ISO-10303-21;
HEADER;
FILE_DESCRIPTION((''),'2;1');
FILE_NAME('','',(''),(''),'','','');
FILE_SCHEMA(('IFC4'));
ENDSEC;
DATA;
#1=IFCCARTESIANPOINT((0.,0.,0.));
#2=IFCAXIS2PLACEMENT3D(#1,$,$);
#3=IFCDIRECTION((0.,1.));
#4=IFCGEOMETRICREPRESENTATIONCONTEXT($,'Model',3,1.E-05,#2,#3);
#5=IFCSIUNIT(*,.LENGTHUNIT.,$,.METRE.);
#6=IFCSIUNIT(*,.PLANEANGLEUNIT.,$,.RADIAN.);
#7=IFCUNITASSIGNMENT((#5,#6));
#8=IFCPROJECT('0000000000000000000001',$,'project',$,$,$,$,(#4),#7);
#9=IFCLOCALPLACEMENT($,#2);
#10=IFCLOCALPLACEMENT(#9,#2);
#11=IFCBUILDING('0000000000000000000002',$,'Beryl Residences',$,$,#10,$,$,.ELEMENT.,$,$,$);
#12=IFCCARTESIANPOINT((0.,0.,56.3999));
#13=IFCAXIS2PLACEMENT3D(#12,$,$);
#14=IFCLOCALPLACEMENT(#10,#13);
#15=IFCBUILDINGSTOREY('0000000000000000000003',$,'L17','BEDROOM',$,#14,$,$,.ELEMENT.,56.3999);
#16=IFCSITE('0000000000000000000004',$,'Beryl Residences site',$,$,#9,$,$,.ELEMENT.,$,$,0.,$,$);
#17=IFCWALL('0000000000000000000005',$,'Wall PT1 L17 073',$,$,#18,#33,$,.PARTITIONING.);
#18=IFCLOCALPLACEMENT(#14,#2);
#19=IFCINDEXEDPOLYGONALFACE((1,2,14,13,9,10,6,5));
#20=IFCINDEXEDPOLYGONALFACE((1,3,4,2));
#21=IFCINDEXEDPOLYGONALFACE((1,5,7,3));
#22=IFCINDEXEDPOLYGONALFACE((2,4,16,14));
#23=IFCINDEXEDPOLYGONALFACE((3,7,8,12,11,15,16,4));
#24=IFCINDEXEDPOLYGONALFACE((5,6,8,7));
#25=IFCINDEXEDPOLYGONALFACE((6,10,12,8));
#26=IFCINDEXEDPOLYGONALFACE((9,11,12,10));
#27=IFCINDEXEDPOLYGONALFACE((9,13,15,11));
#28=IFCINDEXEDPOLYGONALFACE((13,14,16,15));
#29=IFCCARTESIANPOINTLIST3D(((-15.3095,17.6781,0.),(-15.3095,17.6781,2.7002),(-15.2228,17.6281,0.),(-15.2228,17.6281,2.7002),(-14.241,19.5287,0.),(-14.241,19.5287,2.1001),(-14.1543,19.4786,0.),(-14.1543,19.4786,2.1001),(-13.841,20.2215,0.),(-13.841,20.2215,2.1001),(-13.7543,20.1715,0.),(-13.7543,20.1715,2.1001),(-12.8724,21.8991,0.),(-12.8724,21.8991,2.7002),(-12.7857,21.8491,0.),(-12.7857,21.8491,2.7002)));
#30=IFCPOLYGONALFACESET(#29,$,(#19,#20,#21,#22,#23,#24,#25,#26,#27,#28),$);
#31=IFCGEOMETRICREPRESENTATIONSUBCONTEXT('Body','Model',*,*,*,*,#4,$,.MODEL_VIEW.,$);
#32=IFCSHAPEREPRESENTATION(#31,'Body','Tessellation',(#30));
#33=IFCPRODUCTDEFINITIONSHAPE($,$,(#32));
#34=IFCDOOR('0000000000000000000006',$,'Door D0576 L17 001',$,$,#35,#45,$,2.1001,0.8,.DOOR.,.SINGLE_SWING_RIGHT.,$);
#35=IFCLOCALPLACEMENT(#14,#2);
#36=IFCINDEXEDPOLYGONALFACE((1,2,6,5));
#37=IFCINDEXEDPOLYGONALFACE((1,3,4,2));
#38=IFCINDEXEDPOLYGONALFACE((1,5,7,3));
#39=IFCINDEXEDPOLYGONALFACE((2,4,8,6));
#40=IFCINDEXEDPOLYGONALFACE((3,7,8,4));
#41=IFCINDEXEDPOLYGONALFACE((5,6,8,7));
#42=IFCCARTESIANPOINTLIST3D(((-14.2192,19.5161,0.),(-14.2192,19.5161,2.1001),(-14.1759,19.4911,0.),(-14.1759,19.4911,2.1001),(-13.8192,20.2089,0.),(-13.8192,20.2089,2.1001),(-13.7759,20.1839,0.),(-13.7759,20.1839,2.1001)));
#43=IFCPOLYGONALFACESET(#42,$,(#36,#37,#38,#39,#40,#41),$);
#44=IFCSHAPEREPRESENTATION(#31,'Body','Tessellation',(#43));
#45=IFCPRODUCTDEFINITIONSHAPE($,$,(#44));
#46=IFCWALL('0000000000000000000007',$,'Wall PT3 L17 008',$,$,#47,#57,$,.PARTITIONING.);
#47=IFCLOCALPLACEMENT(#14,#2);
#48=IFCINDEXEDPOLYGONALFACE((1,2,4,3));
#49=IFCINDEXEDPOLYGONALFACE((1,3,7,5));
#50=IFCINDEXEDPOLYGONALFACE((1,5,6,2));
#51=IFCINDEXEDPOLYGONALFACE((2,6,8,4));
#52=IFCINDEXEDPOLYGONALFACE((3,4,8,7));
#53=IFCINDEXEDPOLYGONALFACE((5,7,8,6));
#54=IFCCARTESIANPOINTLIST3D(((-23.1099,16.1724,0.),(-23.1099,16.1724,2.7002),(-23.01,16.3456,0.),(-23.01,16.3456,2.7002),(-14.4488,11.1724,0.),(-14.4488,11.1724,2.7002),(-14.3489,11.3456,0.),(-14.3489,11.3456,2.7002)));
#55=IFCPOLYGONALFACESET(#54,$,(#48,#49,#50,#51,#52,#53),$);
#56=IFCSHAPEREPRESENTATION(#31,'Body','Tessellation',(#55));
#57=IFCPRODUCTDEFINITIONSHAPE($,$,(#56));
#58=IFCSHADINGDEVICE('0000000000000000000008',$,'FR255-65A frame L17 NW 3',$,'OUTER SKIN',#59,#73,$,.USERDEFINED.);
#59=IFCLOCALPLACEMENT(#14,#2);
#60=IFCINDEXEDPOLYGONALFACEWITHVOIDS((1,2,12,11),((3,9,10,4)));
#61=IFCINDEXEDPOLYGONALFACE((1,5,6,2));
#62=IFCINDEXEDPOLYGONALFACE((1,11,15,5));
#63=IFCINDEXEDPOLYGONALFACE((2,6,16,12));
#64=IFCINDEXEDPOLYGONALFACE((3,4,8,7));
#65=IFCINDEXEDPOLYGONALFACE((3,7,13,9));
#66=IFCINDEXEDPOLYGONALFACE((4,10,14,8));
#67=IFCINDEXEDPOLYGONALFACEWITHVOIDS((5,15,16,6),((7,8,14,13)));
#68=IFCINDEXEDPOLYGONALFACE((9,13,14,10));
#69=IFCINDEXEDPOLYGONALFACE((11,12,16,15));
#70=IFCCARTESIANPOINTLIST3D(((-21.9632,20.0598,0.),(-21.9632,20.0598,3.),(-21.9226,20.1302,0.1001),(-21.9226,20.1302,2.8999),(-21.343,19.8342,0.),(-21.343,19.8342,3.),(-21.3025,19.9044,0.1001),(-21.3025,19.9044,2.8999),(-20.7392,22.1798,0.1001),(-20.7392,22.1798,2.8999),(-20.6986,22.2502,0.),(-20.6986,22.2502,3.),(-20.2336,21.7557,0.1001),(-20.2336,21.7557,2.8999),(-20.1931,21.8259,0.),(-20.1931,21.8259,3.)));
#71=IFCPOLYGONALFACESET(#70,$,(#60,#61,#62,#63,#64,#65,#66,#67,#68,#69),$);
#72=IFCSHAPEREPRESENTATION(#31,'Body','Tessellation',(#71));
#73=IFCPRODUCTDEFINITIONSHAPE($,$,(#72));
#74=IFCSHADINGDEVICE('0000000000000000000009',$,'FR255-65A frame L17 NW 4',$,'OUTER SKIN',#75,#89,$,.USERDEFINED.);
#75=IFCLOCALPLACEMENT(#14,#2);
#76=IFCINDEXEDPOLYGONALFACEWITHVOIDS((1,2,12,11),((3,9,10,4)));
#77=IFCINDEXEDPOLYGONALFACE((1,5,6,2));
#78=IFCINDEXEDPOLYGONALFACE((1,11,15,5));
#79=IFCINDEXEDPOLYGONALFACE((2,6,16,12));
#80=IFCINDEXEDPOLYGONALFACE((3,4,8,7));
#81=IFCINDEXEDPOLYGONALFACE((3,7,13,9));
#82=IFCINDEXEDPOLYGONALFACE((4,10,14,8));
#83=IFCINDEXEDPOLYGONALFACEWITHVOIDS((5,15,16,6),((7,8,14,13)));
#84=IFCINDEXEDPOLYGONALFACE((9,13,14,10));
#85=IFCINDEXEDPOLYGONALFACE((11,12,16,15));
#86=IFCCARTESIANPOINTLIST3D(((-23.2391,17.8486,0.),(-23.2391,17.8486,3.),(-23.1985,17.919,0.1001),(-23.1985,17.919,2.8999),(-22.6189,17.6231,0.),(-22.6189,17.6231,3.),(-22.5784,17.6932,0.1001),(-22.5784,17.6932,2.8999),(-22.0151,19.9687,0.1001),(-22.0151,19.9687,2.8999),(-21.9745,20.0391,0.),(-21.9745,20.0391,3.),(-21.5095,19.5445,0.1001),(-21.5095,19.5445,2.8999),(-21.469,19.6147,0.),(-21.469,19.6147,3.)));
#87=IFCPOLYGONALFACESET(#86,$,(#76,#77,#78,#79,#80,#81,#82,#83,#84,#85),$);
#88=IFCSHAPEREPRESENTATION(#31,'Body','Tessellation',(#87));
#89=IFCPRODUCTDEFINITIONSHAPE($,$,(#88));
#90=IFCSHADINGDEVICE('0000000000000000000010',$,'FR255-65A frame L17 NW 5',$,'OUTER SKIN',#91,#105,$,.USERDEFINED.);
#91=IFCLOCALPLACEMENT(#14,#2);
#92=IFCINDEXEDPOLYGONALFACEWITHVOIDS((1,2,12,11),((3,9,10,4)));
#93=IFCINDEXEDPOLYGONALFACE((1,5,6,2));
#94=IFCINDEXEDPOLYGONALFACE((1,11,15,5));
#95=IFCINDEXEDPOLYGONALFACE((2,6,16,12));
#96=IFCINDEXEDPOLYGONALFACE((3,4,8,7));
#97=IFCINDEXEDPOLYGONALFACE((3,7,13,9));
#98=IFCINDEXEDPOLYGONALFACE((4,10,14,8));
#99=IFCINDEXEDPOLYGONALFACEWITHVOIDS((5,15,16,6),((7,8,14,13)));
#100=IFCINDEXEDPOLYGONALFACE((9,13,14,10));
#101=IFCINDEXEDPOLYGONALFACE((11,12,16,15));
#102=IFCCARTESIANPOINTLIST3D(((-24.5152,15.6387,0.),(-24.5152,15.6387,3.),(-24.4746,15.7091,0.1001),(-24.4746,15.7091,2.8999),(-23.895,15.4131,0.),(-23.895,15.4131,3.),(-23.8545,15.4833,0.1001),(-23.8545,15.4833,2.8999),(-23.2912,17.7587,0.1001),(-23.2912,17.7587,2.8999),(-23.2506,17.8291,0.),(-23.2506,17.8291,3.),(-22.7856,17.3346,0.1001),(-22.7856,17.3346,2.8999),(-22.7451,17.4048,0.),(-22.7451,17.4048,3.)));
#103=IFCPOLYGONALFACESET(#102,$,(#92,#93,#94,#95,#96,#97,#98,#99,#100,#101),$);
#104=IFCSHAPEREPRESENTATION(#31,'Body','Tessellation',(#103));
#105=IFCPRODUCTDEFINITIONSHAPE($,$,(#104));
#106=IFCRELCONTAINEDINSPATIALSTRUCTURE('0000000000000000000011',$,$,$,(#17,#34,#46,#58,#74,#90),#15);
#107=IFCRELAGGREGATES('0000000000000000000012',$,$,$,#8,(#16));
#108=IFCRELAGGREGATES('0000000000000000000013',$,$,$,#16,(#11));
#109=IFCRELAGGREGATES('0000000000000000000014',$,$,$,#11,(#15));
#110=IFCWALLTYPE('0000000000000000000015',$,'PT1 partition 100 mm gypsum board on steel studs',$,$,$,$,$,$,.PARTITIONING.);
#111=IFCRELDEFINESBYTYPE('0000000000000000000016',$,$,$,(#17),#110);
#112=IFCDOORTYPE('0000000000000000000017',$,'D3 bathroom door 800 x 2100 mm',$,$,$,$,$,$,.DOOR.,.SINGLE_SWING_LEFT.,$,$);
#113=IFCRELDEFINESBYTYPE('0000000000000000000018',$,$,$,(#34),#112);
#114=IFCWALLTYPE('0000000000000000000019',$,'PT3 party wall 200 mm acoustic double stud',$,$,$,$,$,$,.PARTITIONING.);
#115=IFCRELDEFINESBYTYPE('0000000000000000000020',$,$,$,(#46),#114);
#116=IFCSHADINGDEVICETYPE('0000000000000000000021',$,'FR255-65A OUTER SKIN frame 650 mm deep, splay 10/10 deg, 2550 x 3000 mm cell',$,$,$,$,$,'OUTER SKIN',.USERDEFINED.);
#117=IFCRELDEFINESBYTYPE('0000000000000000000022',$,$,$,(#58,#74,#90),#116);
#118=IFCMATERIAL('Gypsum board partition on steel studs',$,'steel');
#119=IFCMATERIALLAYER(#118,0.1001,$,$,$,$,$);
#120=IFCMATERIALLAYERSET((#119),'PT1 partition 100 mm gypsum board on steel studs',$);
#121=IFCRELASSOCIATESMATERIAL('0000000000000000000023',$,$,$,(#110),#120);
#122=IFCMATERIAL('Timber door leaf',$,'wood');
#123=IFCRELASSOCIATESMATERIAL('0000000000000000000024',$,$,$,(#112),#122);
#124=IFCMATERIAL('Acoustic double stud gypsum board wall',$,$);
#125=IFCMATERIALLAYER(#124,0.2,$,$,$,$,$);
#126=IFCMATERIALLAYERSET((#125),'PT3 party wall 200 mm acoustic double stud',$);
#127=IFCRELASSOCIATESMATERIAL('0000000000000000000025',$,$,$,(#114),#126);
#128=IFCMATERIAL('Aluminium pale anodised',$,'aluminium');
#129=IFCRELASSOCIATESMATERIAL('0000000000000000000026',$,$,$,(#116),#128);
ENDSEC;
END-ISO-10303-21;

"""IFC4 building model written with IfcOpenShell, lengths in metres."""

from ifc_helpers import new_model, entity, si_unit, direction, frame, frame_2d, origin, place, context, subcontext, project, spatial, rectangle, extrude, source, transform, mapped, material, layer, layer_set, type_object, type_shapes, element, fill, save


model = new_model("IFC4")

# Units and contexts
model_context = context("Model", 3, precision=1e-05, world=origin(), true_north=direction((0.0, 1.0)))
body_context = subcontext(model_context, "Body", "Model", "MODEL_VIEW")
ifc_project = project(units=[si_unit("LENGTHUNIT", "METRE"), si_unit("PLANEANGLEUNIT", "RADIAN")], contexts=[model_context])

# Site, building, storey
site_placement = place(None, origin())
site = spatial("IfcSite", under=ifc_project, at=site_placement, Name="Beryl Residences site", CompositionType="ELEMENT", RefElevation=0.0)
building_placement = place(site_placement, origin())
building = spatial("IfcBuilding", under=site, at=building_placement, Name="Beryl Residences", CompositionType="ELEMENT")
storey_placement = place(building_placement, frame((0.0, 0.0, 56.3999)))
storey = spatial("IfcBuildingStorey", under=building, at=storey_placement, Name="L17", Description="BEDROOM", CompositionType="ELEMENT", Elevation=56.3999)

# Wall, opening, door
ifc_material_1 = material(Name="Gypsum board partition on steel studs", Category="steel")
ifc_layer_1 = layer(ifc_material_1, 0.1001)
ifc_layer_set_1 = layer_set([ifc_layer_1], Name="PT1 partition 100 mm gypsum board on steel studs")
wall_type_1 = type_object("IfcWallType", Name="PT1 partition 100 mm gypsum board on steel studs", PredefinedType="PARTITIONING", material=ifc_layer_set_1)
ifc_material_2 = material(Name="Timber door leaf", Category="wood")
door_type_1 = type_object("IfcDoorType", Name="D3 bathroom door 800 x 2100 mm", OperationType="SINGLE_SWING_LEFT", PredefinedType="DOOR", material=ifc_material_2)
wall_1_placement = place(storey_placement, frame((-15.2661, 17.6531, 0.0), z_axis=(0.0, 0.0, 1.0), x_axis=(0.500007, 0.866021, 0.0)))
wall_1 = element("IfcWall", 1, at=wall_1_placement, inside=storey, type_object=wall_type_1, Name="Wall PT1 L17 073", PredefinedType="PARTITIONING", context=body_context, shape_type="SweptSolid", body=[
    extrude(rectangle(XDim=4.874, YDim=0.1001, at=frame_2d((2.437, 0.0))), origin(), (0.0, 0.0, 1.0), 2.7002),
])
opening_1_placement = place(wall_1_placement, frame((2.137, 0.0, 0.0)))
opening_1 = element("IfcOpeningElement", 2, at=opening_1_placement, cuts=wall_1, PredefinedType="OPENING", context=body_context, shape_type="SweptSolid", body=[
    extrude(rectangle(XDim=0.8, YDim=2.1001, at=frame_2d((0.3999, 1.05))), frame((0.0, 0.0601, 0.0), z_axis=(0.0, -1.0, 0.0), x_axis=(1.0, 0.0, 0.0)), (0.0, 0.0, 1.0), 0.1201),
])
door_1_placement = place(opening_1_placement, origin())
door_1 = element("IfcDoor", 3, at=door_1_placement, inside=storey, type_object=door_type_1, Name="Door D0576 L17 001", OperationType="SINGLE_SWING_RIGHT", OverallHeight=2.1001, OverallWidth=0.8, PredefinedType="DOOR", context=body_context, shape_type="SweptSolid", body=[
    extrude(rectangle(XDim=0.8, YDim=2.1001, at=frame_2d((0.3999, 1.05))), frame((0.0, 0.0249, 0.0), z_axis=(0.0, -1.0, 0.0), x_axis=(1.0, 0.0, 0.0)), (0.0, 0.0, 1.0), 0.05),
])
fill(opening_1, door_1)

# Wall
ifc_material_3 = material(Name="Acoustic double stud gypsum board wall")
ifc_layer_2 = layer(ifc_material_3, 0.2)
ifc_layer_set_2 = layer_set([ifc_layer_2], Name="PT3 party wall 200 mm acoustic double stud")
wall_type_2 = type_object("IfcWallType", Name="PT3 party wall 200 mm acoustic double stud", PredefinedType="PARTITIONING", material=ifc_layer_set_2)
wall_2_placement = place(storey_placement, frame((-23.0601, 16.259, 0.0), z_axis=(0.0, 0.0, 1.0), x_axis=(0.866047, -0.499962, 0.0)))
element("IfcWall", 4, at=wall_2_placement, inside=storey, type_object=wall_type_2, Name="Wall PT3 L17 008", PredefinedType="PARTITIONING", context=body_context, shape_type="SweptSolid", body=[
    extrude(rectangle(XDim=10.0007, YDim=0.2, at=frame_2d((5.0005, 0.0))), origin(), (0.0, 0.0, 1.0), 2.7002),
])

# Shading devices
ifc_material_4 = material(Name="Aluminium pale anodised", Category="aluminium")
shading_device_type = type_object("IfcShadingDeviceType", Name="FR255-65A OUTER SKIN frame 650 mm deep, splay 10/10 deg, 2550 x 3000 mm cell", ElementType="OUTER SKIN", PredefinedType="USERDEFINED", material=ifc_material_4)
cartesian_point_1 = entity("IfcCartesianPoint", [-1.1499, 0.0])
cartesian_point_2 = entity("IfcCartesianPoint", [-1.0688, 0.1001])
cartesian_point_3 = entity("IfcCartesianPoint", [-1.2646, 0.0])
cartesian_point_4 = entity("IfcCartesianPoint", [-1.1833, 0.1001])
shared_shape = source(origin(), body_context, "Body", "SweptSolid", [
    entity("IfcExtrudedAreaSolidTapered", entity("IfcArbitraryProfileDefWithVoids", "AREA", None, entity("IfcPolyline", [cartesian_point_1, entity("IfcCartesianPoint", [1.1499, 0.0]), entity("IfcCartesianPoint", [1.1499, 3.0]), entity("IfcCartesianPoint", [-1.1499, 3.0]), cartesian_point_1]), [entity("IfcPolyline", [cartesian_point_2, entity("IfcCartesianPoint", [1.0688, 0.1001]), entity("IfcCartesianPoint", [1.0688, 2.8999]), entity("IfcCartesianPoint", [-1.0688, 2.8999]), cartesian_point_2])]), entity("IfcAxis2Placement3D", entity("IfcCartesianPoint", [0.0, 0.0, 0.0]), entity("IfcDirection", [0.0, 1.0, 0.0]), entity("IfcDirection", [-1.0, 0.0, 0.0])), entity("IfcDirection", [0.0, 0.0, 1.0]), 0.6499, entity("IfcArbitraryProfileDefWithVoids", "AREA", None, entity("IfcPolyline", [cartesian_point_3, entity("IfcCartesianPoint", [1.2646, 0.0]), entity("IfcCartesianPoint", [1.2646, 3.0]), entity("IfcCartesianPoint", [-1.2646, 3.0]), cartesian_point_3]), [entity("IfcPolyline", [cartesian_point_4, entity("IfcCartesianPoint", [1.1833, 0.1001]), entity("IfcCartesianPoint", [1.1833, 2.8999]), entity("IfcCartesianPoint", [-1.1833, 2.8999]), cartesian_point_4])])),
])
type_shapes(shading_device_type, [shared_shape])
for number, where, z_axis, x_axis, name in (
    (5, (-20.7681, 20.8301, 0.0), (0.0, 0.0, 1.0), (0.5, 0.866025, 0.0), "FR255-65A frame L17 NW 3"),
    (6, (-22.0439, 18.6189, 0.0), (0.0, 0.0, 1.0), (0.5, 0.866025, 0.0), "FR255-65A frame L17 NW 4"),
    (7, (-23.3201, 16.4089, 0.0), (0.0, 0.0, 1.0), (0.5, 0.866025, 0.0), "FR255-65A frame L17 NW 5"),
):
    element("IfcShadingDevice", number, at=place(storey_placement, frame(where, z_axis=z_axis, x_axis=x_axis)), inside=storey, type_object=shading_device_type, Name=name, ObjectType="OUTER SKIN", PredefinedType="USERDEFINED", context=body_context, shape_type="MappedRepresentation", body=[
        mapped(shared_shape, transform((0.0, 0.0, 0.0))),
    ])

save(model, "model.ifc")
